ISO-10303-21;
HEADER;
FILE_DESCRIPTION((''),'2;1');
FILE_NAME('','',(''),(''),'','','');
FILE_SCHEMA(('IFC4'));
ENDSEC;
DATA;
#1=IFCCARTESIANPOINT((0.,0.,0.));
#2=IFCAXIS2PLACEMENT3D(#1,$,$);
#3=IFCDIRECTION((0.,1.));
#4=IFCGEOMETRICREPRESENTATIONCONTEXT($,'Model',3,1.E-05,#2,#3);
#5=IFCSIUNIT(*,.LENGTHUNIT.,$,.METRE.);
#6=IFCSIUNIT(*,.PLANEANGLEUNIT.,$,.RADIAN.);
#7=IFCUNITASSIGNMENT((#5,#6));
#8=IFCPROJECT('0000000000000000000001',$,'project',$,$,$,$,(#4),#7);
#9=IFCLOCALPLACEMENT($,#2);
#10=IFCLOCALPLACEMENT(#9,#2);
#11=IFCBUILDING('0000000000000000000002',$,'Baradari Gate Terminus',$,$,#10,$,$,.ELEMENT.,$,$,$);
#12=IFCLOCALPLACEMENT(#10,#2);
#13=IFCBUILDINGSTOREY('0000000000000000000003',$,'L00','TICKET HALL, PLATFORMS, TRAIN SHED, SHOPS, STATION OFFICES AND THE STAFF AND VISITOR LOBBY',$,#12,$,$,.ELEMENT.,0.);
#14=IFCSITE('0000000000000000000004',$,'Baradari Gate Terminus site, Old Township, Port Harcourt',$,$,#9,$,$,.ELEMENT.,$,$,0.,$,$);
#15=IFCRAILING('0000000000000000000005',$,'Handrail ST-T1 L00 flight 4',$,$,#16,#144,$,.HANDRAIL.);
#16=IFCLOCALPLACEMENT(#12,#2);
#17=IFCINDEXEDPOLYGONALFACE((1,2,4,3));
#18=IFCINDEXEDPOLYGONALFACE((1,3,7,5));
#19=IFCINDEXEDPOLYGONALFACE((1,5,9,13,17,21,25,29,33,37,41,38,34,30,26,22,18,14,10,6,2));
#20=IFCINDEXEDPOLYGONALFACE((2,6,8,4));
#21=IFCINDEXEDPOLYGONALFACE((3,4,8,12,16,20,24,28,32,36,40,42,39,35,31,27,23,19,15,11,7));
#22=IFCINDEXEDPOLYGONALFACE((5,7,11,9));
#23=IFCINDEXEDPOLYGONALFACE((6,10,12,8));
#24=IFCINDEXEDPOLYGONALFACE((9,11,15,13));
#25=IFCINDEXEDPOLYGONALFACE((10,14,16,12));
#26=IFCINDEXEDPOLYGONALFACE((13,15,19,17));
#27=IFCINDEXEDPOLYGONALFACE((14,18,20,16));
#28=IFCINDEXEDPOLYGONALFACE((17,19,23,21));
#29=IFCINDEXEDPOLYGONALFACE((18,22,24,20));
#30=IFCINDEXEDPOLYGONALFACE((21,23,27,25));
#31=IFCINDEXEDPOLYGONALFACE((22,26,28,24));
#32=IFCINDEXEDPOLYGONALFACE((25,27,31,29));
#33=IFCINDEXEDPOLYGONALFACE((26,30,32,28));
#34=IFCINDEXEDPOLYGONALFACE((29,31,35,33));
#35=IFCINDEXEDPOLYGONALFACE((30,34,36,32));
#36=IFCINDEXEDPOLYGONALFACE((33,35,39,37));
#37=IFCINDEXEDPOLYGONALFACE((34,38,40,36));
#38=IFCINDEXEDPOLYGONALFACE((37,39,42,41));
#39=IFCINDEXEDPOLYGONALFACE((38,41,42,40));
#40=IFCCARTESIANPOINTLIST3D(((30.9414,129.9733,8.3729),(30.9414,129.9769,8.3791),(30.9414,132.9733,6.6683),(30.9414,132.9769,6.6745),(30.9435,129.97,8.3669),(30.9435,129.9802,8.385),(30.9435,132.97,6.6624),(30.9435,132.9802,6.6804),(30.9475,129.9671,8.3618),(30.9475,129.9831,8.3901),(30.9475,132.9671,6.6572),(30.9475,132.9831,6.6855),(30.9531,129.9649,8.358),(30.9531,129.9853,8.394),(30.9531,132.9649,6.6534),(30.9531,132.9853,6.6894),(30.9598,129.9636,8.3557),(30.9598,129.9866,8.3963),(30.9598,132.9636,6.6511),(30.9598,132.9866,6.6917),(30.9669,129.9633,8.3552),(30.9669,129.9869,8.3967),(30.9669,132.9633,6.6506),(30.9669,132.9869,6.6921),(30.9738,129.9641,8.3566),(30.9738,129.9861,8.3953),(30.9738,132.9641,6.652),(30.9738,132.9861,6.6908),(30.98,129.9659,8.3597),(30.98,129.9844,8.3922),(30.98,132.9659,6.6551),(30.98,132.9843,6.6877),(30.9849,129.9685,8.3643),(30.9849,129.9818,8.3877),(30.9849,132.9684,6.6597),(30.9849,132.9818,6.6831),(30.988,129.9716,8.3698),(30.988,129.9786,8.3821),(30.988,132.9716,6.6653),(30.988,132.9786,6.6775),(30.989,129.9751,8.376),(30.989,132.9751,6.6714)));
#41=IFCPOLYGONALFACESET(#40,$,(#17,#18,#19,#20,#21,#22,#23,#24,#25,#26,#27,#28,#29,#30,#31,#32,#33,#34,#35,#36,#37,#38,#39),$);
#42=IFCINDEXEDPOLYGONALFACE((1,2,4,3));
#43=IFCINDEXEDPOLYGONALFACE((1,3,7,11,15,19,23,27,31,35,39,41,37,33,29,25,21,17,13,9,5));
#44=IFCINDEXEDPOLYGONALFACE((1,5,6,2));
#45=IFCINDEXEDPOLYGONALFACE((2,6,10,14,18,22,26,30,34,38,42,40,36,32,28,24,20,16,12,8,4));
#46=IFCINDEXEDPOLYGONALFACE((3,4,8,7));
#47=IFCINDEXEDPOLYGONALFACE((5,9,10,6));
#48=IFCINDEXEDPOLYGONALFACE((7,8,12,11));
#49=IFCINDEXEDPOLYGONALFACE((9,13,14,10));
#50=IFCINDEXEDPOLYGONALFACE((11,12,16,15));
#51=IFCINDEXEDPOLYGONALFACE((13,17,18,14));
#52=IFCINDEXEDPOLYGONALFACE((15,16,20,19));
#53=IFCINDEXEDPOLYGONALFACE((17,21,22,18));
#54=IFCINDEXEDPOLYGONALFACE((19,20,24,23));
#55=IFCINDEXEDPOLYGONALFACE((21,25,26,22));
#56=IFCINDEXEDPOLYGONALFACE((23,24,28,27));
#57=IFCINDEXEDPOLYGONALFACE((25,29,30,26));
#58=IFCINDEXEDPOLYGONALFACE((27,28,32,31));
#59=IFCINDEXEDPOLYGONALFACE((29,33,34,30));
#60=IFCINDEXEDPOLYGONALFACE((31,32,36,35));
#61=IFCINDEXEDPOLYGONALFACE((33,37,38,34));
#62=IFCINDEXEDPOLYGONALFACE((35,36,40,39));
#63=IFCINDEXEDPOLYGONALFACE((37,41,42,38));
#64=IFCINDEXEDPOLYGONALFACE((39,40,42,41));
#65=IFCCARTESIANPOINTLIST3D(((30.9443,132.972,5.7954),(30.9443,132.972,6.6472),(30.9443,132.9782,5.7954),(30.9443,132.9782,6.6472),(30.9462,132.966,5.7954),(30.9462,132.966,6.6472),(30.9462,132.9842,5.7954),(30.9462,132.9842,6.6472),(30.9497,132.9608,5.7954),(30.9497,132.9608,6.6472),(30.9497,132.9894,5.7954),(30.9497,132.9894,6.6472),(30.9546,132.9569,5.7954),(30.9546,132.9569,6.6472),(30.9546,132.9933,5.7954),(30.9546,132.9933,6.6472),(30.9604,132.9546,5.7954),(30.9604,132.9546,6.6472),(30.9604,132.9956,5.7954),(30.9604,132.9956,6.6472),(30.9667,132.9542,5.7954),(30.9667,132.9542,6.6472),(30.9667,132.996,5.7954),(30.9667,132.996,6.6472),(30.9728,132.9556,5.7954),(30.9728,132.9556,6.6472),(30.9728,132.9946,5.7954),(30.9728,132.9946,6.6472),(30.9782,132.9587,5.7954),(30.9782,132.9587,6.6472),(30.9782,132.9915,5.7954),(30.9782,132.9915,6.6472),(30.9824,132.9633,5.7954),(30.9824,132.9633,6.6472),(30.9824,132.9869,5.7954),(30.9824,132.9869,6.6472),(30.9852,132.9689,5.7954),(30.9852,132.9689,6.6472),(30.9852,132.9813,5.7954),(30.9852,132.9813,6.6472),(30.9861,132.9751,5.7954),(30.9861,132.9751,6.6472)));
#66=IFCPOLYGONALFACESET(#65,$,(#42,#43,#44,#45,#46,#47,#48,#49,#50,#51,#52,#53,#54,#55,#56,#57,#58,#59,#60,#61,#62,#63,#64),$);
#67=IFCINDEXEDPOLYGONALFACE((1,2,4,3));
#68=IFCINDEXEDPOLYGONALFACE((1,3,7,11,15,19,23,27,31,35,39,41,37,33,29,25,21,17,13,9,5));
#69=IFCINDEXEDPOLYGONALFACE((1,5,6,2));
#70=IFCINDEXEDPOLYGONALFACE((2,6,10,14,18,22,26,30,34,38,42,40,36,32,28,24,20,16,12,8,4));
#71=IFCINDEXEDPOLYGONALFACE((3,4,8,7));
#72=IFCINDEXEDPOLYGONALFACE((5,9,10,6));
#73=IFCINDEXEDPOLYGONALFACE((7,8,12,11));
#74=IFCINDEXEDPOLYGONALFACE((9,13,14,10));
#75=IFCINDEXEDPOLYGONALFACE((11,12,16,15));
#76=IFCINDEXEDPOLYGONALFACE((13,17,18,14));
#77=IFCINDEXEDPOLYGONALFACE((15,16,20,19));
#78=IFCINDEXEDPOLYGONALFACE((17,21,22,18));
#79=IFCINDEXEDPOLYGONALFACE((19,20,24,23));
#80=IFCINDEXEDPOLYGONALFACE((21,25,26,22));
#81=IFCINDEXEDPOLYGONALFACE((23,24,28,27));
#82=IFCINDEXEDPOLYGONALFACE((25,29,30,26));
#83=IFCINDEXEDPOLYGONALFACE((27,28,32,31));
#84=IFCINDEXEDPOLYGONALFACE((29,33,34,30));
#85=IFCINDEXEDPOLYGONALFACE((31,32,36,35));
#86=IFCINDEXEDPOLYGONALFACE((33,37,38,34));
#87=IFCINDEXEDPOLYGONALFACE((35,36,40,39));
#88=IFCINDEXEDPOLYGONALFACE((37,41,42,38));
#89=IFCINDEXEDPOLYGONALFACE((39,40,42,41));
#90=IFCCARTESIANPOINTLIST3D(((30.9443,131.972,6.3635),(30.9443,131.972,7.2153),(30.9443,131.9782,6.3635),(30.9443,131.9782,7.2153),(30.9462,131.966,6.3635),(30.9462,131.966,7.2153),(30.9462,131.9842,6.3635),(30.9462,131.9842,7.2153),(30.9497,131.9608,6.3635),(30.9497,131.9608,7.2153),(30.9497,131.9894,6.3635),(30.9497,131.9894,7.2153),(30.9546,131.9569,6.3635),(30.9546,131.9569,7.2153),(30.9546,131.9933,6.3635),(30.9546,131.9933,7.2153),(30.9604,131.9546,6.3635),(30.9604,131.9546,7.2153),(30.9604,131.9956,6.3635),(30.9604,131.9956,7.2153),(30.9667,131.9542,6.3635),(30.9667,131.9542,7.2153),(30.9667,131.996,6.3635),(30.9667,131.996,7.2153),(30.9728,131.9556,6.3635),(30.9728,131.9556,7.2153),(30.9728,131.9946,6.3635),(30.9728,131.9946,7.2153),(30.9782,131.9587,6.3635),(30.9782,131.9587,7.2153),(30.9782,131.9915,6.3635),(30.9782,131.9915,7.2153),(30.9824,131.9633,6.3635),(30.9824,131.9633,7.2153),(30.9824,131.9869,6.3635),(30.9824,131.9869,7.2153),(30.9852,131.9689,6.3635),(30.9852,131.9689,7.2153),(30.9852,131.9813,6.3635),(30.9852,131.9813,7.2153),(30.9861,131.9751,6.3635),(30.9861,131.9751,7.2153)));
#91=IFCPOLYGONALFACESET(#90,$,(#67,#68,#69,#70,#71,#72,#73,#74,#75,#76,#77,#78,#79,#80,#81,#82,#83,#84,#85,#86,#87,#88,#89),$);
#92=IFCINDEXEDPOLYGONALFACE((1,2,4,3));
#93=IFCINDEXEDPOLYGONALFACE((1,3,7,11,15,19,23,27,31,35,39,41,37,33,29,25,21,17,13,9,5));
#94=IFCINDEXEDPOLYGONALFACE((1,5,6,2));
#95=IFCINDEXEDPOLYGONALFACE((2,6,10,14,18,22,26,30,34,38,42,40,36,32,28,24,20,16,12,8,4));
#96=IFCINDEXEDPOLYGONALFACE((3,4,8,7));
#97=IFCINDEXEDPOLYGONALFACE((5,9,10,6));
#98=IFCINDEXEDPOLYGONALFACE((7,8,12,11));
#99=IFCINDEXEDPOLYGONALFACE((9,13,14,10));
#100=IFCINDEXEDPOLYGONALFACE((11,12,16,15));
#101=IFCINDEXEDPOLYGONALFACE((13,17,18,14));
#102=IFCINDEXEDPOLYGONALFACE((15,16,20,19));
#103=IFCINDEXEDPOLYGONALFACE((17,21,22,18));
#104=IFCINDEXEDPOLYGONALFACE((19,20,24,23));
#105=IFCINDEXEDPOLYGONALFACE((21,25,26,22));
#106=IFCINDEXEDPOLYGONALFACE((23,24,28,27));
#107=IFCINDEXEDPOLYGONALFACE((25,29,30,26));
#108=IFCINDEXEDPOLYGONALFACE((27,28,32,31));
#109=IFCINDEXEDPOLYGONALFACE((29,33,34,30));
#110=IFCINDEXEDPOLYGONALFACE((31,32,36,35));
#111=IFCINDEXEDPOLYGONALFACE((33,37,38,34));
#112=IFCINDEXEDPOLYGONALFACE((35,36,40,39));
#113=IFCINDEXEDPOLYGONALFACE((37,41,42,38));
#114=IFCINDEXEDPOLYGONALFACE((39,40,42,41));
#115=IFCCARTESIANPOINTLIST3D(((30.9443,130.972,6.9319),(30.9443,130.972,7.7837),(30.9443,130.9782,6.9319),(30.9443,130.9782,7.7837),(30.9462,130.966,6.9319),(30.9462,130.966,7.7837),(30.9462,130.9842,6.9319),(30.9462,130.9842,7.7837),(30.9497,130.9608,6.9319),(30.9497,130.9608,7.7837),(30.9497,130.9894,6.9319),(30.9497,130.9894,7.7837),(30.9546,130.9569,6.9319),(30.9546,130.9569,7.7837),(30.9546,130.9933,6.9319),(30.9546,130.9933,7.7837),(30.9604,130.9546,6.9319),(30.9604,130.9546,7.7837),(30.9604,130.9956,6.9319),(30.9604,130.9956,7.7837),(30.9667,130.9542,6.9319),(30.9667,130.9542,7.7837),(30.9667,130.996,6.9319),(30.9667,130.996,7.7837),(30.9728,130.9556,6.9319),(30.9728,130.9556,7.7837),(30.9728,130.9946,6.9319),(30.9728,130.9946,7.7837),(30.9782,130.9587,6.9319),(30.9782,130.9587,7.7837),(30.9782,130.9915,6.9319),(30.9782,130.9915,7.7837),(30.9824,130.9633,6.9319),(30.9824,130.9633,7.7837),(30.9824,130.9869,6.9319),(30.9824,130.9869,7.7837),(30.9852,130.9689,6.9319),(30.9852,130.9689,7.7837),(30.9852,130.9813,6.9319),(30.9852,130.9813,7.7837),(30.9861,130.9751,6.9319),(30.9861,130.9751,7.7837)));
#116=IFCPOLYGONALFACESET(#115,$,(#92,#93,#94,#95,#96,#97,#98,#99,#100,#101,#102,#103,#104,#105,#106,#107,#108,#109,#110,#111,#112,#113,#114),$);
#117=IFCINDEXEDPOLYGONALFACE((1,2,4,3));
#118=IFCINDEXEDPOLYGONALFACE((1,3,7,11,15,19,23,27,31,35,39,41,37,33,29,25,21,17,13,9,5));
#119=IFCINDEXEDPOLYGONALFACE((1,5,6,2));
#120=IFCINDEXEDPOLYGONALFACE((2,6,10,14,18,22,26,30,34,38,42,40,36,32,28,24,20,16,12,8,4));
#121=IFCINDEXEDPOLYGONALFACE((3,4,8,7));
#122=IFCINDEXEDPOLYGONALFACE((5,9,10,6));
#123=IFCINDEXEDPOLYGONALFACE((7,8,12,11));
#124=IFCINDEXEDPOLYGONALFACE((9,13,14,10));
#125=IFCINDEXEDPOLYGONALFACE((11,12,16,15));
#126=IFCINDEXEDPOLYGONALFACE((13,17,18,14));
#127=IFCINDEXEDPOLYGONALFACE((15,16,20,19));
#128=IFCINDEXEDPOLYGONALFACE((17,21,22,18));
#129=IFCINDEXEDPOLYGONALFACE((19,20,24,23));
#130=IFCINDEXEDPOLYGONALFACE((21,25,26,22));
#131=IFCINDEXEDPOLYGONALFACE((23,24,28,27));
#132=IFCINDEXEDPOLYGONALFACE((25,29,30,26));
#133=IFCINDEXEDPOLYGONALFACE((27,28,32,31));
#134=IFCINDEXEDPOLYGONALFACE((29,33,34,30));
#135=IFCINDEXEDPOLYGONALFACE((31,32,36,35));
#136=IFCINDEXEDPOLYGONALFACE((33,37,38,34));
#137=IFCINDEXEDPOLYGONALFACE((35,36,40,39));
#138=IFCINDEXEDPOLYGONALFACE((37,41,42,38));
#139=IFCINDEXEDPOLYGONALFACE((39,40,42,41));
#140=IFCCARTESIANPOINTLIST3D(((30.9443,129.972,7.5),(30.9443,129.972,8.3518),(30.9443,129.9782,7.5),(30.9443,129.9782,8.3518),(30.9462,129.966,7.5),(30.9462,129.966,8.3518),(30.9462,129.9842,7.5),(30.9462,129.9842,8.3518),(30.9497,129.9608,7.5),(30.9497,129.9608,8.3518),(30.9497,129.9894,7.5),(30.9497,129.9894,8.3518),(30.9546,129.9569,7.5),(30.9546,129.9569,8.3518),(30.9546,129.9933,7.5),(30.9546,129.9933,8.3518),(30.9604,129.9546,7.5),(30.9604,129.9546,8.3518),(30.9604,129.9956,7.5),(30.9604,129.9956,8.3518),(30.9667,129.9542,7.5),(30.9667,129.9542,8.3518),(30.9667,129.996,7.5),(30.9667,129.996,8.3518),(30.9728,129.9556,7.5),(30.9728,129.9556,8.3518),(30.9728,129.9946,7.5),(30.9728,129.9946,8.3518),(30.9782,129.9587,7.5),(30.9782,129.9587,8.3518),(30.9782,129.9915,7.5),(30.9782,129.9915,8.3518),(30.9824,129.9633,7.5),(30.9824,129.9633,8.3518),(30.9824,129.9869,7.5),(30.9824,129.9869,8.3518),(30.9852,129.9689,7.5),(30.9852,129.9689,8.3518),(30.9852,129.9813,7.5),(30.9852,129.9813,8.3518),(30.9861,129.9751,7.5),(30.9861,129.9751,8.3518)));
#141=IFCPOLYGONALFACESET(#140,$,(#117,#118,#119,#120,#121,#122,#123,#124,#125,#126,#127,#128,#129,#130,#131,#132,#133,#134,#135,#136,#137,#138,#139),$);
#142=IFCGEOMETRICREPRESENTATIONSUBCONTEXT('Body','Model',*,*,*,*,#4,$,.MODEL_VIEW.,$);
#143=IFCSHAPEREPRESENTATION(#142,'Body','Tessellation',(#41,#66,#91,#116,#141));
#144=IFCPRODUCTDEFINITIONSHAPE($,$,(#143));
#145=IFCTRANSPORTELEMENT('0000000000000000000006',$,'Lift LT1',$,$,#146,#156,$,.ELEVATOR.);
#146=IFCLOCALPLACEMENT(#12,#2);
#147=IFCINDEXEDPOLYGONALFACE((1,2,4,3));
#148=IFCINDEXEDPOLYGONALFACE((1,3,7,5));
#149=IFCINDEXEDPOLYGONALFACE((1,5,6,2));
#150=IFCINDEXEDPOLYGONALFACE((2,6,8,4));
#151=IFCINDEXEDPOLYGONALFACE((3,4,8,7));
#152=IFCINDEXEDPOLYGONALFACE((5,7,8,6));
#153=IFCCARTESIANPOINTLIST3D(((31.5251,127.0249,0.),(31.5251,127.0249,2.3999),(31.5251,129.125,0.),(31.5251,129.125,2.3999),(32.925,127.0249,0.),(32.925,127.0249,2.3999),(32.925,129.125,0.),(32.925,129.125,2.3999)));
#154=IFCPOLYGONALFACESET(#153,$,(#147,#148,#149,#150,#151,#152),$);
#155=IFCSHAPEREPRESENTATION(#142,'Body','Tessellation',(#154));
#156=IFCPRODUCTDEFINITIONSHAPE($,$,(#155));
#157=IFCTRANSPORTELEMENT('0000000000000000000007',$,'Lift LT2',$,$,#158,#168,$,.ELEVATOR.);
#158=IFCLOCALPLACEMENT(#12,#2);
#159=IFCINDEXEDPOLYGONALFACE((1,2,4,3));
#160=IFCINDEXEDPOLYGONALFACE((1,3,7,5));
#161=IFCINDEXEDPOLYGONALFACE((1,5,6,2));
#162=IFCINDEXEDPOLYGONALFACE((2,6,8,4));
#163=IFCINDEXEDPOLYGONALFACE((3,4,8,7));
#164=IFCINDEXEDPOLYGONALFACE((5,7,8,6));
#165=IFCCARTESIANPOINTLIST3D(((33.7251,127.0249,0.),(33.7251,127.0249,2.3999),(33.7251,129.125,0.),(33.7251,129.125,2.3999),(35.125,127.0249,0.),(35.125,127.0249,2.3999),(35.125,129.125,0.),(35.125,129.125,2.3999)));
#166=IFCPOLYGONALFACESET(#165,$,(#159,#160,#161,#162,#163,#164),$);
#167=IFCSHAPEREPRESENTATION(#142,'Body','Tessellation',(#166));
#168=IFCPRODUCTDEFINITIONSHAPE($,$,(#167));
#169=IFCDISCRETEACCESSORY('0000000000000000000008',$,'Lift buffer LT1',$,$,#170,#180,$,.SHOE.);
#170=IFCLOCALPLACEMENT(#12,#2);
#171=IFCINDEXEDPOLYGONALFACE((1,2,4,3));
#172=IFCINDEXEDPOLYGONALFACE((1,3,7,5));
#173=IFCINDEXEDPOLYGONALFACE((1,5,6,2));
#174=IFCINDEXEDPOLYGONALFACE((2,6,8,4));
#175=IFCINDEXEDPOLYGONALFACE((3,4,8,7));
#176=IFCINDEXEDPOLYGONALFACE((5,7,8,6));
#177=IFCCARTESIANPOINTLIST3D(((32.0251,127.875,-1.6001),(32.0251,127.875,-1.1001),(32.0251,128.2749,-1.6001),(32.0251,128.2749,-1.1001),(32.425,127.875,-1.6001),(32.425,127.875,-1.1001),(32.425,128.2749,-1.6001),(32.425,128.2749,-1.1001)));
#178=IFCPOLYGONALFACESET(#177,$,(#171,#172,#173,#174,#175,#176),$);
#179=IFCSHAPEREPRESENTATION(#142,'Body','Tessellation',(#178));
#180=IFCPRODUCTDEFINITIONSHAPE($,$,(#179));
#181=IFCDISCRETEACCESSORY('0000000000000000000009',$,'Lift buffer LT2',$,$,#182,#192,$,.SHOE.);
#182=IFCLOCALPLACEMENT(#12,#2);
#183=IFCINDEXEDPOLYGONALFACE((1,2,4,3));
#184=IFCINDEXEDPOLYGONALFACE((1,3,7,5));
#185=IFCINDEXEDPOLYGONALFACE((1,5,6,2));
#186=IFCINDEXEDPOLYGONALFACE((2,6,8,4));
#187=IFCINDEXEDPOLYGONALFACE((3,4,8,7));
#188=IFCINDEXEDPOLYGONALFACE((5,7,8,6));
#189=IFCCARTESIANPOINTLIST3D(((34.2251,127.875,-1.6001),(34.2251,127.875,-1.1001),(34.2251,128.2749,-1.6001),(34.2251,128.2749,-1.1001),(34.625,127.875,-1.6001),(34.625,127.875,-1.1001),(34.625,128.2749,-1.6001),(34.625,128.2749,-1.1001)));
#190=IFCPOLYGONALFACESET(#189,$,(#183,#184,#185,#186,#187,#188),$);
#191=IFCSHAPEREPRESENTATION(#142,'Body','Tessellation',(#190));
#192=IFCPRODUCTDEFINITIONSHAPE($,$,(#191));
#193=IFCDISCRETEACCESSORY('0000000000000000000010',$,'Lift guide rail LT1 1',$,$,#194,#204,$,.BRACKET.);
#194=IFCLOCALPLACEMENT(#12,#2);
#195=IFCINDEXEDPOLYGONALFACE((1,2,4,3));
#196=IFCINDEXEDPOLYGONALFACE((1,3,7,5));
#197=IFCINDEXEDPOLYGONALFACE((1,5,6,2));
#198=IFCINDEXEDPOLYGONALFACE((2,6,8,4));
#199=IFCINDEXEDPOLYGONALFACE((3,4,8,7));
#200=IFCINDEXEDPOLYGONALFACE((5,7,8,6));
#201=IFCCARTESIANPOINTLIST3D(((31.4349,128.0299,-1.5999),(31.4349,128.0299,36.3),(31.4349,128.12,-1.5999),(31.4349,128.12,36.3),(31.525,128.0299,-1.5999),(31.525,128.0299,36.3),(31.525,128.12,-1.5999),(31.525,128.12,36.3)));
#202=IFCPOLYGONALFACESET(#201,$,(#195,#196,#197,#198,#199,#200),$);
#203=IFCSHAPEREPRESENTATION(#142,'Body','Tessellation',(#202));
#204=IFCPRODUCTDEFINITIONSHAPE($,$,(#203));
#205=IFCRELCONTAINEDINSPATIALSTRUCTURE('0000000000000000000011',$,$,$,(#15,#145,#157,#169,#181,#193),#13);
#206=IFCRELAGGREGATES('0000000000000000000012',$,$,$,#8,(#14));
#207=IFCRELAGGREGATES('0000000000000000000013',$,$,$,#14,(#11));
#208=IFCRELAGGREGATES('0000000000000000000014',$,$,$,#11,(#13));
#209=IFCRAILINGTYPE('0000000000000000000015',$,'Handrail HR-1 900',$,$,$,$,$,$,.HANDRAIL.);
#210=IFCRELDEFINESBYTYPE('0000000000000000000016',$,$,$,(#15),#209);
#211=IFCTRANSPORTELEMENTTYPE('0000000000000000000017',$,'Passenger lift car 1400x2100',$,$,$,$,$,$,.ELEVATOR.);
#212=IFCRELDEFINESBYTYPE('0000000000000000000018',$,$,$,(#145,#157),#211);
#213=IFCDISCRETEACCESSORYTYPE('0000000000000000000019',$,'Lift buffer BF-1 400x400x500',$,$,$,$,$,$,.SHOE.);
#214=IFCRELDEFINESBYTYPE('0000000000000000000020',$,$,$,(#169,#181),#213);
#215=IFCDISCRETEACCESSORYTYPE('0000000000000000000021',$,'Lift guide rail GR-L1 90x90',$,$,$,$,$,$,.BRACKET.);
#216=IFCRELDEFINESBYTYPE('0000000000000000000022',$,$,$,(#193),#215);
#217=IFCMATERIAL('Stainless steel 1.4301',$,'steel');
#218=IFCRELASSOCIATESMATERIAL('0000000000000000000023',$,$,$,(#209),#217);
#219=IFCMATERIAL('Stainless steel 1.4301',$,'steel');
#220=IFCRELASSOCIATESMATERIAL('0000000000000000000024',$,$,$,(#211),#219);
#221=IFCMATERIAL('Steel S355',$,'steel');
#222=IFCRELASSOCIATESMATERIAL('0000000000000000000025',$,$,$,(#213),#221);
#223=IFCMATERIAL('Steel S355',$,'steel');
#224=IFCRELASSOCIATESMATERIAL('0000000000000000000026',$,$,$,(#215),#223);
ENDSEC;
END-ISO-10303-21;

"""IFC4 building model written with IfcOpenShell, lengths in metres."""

from ifc_helpers import new_model, si_unit, direction, frame, origin, origin_2d, place, context, subcontext, project, spatial, rectangle, circle, extrude, material, type_object, element, save


model = new_model("IFC4")

# Units and contexts
model_context = context("Model", 3, precision=1e-05, world=origin(), true_north=direction((0.0, 1.0)))
body_context = subcontext(model_context, "Body", "Model", "MODEL_VIEW")
ifc_project = project(units=[si_unit("LENGTHUNIT", "METRE"), si_unit("PLANEANGLEUNIT", "RADIAN")], contexts=[model_context])

# Site, building, storey
site_placement = place(None, origin())
site = spatial("IfcSite", under=ifc_project, at=site_placement, Name="Baradari Gate Terminus site, Old Township, Port Harcourt", CompositionType="ELEMENT", RefElevation=0.0)
building_placement = place(site_placement, origin())
building = spatial("IfcBuilding", under=site, at=building_placement, Name="Baradari Gate Terminus", CompositionType="ELEMENT")
storey_placement = place(building_placement, origin())
storey = spatial("IfcBuildingStorey", under=building, at=storey_placement, Name="L00", Description="TICKET HALL, PLATFORMS, TRAIN SHED, SHOPS, STATION OFFICES AND THE STAFF AND VISITOR LOBBY", CompositionType="ELEMENT", Elevation=0.0)

# Railing
ifc_material_1 = material(Name="Stainless steel 1.4301", Category="steel")
railing_type = type_object("IfcRailingType", Name="Handrail HR-1 900", PredefinedType="HANDRAIL", material=ifc_material_1)
railing_placement = place(storey_placement, frame((30.9651, 132.9751, 5.7954)))
element("IfcRailing", 1, at=railing_placement, inside=storey, type_object=railing_type, Name="Handrail ST-T1 L00 flight 4", PredefinedType="HANDRAIL", context=body_context, shape_type="SweptSolid", body=[
    extrude(circle(Radius=0.0239, at=origin_2d()), frame((0.0, 0.0, 0.876), z_axis=(0.0, -0.869451, 0.494019), x_axis=(1.0, 0.0, 0.0)), (0.0, 0.0, 1.0), 3.4504),
    extrude(circle(Radius=0.021, at=origin_2d()), origin(), (0.0, 0.0, 1.0), 0.8518),
    extrude(circle(Radius=0.021, at=origin_2d()), frame((0.0, -1.0, 0.5681)), (0.0, 0.0, 1.0), 0.8518),
    extrude(circle(Radius=0.021, at=origin_2d()), frame((0.0, -2.0, 1.1365)), (0.0, 0.0, 1.0), 0.8518),
    extrude(circle(Radius=0.021, at=origin_2d()), frame((0.0, -3.0, 1.7046)), (0.0, 0.0, 1.0), 0.8518),
])

# Transport elements
ifc_material_2 = material(Name="Stainless steel 1.4301", Category="steel")
transport_element_type = type_object("IfcTransportElementType", Name="Passenger lift car 1400x2100", PredefinedType="ELEVATOR", material=ifc_material_2)
for number, where, z_axis, x_axis, name in (
    (2, (32.2251, 128.075, 0.0), (0.0, 0.0, 1.0), (1.0, 0.0, 0.0), "Lift LT1"),
    (3, (34.425, 128.075, 0.0), (0.0, 0.0, 1.0), (1.0, 0.0, 0.0), "Lift LT2"),
):
    element("IfcTransportElement", number, at=place(storey_placement, frame(where, z_axis=z_axis, x_axis=x_axis)), inside=storey, type_object=transport_element_type, Name=name, PredefinedType="ELEVATOR", context=body_context, shape_type="SweptSolid", body=[
        extrude(rectangle(XDim=1.3999, YDim=2.1001, at=origin_2d()), origin(), (0.0, 0.0, 1.0), 2.3999),
    ])

# Discrete accessories
ifc_material_3 = material(Name="Steel S355", Category="steel")
discrete_accessory_type_1 = type_object("IfcDiscreteAccessoryType", Name="Lift buffer BF-1 400x400x500", PredefinedType="SHOE", material=ifc_material_3)
for number, where, z_axis, x_axis, name in (
    (4, (32.2251, 128.075, -1.6001), (0.0, 0.0, 1.0), (1.0, 0.0, 0.0), "Lift buffer LT1"),
    (5, (34.425, 128.075, -1.6001), (0.0, 0.0, 1.0), (1.0, 0.0, 0.0), "Lift buffer LT2"),
):
    element("IfcDiscreteAccessory", number, at=place(storey_placement, frame(where, z_axis=z_axis, x_axis=x_axis)), inside=storey, type_object=discrete_accessory_type_1, Name=name, PredefinedType="SHOE", context=body_context, shape_type="SweptSolid", body=[
        extrude(rectangle(XDim=0.3999, YDim=0.3999, at=origin_2d()), origin(), (0.0, 0.0, 1.0), 0.5),
    ])
ifc_material_4 = material(Name="Steel S355", Category="steel")
discrete_accessory_type_2 = type_object("IfcDiscreteAccessoryType", Name="Lift guide rail GR-L1 90x90", PredefinedType="BRACKET", material=ifc_material_4)
for number, where, z_axis, x_axis, name in (
    (6, (31.48, 128.075, -1.5999), (0.0, 0.0, 1.0), (1.0, 0.0, 0.0), "Lift guide rail LT1 1"),
):
    element("IfcDiscreteAccessory", number, at=place(storey_placement, frame(where, z_axis=z_axis, x_axis=x_axis)), inside=storey, type_object=discrete_accessory_type_2, Name=name, PredefinedType="BRACKET", context=body_context, shape_type="SweptSolid", body=[
        extrude(rectangle(XDim=0.0901, YDim=0.0901, at=origin_2d()), origin(), (0.0, 0.0, 1.0), 37.8999),
    ])

save(model, "model.ifc")
